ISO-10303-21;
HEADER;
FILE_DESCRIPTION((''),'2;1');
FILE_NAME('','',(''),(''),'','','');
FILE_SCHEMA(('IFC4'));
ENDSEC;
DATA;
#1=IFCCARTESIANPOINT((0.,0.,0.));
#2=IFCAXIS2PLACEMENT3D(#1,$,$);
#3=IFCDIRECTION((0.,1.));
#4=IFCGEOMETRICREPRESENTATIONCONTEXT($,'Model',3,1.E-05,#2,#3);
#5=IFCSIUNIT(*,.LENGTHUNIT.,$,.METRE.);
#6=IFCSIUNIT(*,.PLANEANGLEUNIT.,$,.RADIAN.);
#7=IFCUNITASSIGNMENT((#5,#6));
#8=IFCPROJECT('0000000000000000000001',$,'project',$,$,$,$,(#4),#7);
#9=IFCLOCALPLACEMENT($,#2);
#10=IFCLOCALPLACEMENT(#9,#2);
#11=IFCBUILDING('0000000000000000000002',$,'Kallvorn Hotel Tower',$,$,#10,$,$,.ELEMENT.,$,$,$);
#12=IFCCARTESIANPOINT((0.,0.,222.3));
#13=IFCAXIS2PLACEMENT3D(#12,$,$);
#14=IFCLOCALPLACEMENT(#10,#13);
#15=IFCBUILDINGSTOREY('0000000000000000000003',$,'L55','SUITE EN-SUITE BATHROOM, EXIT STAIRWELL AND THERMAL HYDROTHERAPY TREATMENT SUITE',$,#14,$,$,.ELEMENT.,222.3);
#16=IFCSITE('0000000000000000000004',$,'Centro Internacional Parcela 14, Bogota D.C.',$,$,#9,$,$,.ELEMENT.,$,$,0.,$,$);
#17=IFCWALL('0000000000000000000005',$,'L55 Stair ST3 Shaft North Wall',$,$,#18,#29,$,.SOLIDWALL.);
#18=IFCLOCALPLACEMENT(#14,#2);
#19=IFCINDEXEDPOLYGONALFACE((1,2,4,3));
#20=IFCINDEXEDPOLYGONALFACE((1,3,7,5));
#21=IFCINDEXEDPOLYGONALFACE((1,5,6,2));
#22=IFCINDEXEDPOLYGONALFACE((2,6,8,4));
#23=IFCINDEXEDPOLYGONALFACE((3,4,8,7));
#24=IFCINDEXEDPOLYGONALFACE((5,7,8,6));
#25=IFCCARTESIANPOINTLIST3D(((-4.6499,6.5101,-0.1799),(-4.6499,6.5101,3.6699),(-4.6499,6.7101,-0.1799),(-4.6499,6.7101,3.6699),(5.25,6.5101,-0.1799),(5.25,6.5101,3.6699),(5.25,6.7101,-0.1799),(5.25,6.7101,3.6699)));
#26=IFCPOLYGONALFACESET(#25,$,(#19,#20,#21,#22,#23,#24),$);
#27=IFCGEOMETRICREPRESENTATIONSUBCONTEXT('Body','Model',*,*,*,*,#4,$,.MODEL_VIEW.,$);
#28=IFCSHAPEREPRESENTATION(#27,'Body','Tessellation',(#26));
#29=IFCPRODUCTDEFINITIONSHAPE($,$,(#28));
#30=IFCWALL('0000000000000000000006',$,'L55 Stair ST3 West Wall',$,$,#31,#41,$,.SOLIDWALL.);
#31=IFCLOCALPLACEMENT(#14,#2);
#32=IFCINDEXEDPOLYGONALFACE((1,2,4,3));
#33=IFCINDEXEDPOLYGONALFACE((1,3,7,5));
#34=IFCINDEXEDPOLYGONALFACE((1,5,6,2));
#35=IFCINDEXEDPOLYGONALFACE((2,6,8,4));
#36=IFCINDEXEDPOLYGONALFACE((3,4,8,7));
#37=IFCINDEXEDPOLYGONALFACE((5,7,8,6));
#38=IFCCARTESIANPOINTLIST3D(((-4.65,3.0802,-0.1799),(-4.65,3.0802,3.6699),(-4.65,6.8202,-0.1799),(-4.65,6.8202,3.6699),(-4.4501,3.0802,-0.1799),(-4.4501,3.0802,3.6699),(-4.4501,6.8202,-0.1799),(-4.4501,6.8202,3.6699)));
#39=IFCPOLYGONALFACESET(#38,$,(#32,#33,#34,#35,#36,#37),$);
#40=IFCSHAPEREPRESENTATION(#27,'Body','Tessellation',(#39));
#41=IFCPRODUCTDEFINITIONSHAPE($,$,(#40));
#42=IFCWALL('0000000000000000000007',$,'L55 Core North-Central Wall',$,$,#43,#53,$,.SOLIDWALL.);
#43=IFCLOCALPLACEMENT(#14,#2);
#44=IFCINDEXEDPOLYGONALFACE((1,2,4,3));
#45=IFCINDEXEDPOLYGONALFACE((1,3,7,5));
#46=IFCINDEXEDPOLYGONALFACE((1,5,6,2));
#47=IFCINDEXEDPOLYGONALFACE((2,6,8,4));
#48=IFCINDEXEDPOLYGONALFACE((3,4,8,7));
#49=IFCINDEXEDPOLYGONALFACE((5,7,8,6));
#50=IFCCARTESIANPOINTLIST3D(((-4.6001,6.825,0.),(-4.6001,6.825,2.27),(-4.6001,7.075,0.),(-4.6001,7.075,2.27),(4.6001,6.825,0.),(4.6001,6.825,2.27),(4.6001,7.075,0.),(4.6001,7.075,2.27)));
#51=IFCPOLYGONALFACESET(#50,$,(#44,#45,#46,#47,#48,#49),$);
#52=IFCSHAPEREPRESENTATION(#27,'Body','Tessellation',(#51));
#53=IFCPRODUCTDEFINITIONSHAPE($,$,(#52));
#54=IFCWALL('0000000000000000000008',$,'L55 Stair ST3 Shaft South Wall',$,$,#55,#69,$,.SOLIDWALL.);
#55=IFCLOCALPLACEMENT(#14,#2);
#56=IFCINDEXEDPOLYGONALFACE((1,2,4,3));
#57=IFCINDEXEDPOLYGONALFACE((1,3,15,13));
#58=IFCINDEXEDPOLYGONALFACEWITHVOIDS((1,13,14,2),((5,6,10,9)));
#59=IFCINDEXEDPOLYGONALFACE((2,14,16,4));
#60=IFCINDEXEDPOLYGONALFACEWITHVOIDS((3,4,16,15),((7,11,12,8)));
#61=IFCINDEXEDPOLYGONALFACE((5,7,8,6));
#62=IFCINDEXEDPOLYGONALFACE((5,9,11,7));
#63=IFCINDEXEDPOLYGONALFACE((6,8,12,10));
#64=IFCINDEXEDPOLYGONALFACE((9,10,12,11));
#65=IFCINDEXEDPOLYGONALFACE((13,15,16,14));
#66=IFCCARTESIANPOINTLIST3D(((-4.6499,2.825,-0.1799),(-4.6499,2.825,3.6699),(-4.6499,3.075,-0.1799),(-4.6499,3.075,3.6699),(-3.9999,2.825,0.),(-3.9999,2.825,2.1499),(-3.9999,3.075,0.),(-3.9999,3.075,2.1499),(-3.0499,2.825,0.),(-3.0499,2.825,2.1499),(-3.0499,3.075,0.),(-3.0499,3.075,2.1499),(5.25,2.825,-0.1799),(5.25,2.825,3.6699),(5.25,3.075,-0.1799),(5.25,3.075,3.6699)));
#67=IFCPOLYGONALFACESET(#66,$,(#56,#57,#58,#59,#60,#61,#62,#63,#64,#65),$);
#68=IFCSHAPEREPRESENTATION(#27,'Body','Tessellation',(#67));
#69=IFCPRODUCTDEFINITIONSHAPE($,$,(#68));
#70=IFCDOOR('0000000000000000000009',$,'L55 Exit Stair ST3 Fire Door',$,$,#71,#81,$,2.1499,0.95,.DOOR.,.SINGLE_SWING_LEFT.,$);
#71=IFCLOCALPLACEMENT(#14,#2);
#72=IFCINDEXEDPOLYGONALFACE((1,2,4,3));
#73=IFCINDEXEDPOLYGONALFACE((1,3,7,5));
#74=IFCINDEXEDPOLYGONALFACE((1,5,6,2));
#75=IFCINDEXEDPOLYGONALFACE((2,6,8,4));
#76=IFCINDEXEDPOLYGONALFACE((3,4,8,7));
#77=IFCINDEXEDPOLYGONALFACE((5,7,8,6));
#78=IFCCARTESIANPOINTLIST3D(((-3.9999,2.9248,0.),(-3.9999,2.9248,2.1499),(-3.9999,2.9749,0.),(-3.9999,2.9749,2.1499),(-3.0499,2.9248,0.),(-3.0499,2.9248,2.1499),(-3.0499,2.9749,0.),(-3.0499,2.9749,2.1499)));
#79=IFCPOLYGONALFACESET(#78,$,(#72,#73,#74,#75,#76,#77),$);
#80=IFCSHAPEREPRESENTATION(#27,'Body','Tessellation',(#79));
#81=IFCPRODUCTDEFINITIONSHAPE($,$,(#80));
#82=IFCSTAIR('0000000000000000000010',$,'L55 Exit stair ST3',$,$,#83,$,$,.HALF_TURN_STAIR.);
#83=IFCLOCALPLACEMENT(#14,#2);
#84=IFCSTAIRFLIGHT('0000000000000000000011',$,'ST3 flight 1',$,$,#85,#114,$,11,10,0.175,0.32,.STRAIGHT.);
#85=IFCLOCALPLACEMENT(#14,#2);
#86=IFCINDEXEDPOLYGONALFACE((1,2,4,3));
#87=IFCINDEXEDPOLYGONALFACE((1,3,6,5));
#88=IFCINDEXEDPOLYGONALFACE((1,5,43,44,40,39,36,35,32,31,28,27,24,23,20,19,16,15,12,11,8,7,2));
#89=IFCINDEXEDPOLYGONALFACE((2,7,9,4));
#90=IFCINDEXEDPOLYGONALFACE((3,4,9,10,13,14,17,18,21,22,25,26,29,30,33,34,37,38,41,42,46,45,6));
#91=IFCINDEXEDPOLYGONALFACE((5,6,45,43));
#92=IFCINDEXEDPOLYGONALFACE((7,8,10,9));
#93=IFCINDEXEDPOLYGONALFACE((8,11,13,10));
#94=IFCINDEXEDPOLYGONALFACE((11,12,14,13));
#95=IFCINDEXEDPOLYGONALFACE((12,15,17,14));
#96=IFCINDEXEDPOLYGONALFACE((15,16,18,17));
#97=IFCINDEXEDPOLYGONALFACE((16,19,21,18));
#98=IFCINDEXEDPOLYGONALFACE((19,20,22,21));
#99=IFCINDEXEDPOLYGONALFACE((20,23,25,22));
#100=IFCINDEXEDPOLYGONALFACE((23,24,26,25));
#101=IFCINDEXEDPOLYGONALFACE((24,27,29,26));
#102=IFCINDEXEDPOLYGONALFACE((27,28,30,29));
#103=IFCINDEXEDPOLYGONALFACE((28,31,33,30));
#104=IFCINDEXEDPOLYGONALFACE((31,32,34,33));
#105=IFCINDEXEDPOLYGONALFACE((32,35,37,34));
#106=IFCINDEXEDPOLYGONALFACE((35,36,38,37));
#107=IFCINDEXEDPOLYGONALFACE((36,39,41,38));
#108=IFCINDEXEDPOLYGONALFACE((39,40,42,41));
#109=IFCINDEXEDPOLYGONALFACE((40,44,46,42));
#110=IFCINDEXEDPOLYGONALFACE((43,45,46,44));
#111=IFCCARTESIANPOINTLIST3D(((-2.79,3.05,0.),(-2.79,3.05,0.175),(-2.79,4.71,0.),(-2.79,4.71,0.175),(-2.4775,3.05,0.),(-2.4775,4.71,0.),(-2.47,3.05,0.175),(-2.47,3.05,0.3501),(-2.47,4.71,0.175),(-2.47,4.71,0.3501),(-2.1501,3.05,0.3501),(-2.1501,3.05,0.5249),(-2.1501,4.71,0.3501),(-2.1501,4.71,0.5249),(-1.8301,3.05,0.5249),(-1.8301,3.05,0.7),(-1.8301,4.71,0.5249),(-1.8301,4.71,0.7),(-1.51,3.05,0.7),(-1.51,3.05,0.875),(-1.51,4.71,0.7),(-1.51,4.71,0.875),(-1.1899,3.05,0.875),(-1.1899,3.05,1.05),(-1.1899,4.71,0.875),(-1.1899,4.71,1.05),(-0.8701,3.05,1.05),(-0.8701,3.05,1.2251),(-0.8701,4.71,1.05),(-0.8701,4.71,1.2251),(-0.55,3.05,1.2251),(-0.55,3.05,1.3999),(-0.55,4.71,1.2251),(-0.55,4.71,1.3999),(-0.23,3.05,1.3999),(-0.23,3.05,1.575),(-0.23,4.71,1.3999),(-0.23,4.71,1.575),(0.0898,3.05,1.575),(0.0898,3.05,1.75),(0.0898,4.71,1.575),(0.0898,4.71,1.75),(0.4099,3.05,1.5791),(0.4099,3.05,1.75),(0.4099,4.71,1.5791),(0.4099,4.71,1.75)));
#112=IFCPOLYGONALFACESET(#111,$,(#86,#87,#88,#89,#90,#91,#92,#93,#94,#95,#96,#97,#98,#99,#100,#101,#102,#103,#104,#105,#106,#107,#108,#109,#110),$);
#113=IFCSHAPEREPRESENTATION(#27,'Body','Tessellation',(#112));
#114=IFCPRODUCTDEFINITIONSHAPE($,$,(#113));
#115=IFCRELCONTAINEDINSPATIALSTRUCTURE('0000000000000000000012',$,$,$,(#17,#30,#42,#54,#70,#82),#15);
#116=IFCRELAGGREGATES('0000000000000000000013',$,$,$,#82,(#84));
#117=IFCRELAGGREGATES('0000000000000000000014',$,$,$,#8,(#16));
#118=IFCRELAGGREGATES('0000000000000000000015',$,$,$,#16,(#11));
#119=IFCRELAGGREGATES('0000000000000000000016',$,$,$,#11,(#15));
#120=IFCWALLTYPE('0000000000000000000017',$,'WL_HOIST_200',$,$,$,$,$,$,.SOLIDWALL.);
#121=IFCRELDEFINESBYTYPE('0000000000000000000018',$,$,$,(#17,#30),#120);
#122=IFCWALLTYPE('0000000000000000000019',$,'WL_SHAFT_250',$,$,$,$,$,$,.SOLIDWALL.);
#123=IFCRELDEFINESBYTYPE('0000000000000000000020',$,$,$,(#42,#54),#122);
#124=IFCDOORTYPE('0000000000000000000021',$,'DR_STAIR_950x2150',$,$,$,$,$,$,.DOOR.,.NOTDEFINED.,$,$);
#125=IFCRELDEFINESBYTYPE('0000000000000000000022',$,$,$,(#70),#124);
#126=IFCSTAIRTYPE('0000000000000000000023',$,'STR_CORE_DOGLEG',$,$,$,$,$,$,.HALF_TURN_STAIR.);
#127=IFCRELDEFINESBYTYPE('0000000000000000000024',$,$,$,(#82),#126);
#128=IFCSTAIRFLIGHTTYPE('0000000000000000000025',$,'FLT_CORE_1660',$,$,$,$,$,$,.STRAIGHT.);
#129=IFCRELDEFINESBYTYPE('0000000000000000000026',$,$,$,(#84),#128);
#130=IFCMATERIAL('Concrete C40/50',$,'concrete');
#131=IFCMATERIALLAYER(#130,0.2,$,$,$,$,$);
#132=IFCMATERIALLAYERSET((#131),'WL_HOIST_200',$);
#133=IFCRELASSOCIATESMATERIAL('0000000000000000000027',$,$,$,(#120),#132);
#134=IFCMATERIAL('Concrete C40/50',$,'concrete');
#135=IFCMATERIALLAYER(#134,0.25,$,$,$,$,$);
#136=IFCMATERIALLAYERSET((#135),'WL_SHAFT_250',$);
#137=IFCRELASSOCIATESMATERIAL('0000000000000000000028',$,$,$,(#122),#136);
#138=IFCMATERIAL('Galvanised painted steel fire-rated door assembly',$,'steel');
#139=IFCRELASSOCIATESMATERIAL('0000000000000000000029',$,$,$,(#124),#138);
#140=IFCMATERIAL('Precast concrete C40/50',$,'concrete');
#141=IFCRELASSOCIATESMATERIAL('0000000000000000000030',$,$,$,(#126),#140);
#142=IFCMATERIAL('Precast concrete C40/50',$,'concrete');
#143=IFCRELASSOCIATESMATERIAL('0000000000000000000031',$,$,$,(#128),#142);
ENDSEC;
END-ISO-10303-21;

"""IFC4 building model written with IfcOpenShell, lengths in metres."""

from ifc_helpers import new_model, si_unit, direction, frame, frame_2d, origin, place, context, subcontext, project, spatial, polyline, rectangle, outline, extrude, material, layer, layer_set, type_object, element, fill, aggregate, save


model = new_model("IFC4")

# Units and contexts
model_context = context("Model", 3, precision=1e-05, world=origin(), true_north=direction((0.0, 1.0)))
body_context = subcontext(model_context, "Body", "Model", "MODEL_VIEW")
ifc_project = project(units=[si_unit("LENGTHUNIT", "METRE"), si_unit("PLANEANGLEUNIT", "RADIAN")], contexts=[model_context])

# Site, building, storey
site_placement = place(None, origin())
site = spatial("IfcSite", under=ifc_project, at=site_placement, Name="Centro Internacional Parcela 14, Bogota D.C.", CompositionType="ELEMENT", RefElevation=0.0)
building_placement = place(site_placement, origin())
building = spatial("IfcBuilding", under=site, at=building_placement, Name="Kallvorn Hotel Tower", CompositionType="ELEMENT")
storey_placement = place(building_placement, frame((0.0, 0.0, 222.3)))
storey = spatial("IfcBuildingStorey", under=building, at=storey_placement, Name="L55", Description="SUITE EN-SUITE BATHROOM, EXIT STAIRWELL AND THERMAL HYDROTHERAPY TREATMENT SUITE", CompositionType="ELEMENT", Elevation=222.3)

# Walls
ifc_material_1 = material(Name="Concrete C40/50", Category="concrete")
ifc_layer_1 = layer(ifc_material_1, 0.2)
ifc_layer_set_1 = layer_set([ifc_layer_1], Name="WL_HOIST_200")
wall_type_1 = type_object("IfcWallType", Name="WL_HOIST_200", PredefinedType="SOLIDWALL", material=ifc_layer_set_1)
wall_1_placement = place(storey_placement, frame((-4.6499, 6.6101, -0.1799), z_axis=(0.0, 0.0, 1.0), x_axis=(1.0, 0.0, 0.0)))
element("IfcWall", 1, at=wall_1_placement, inside=storey, type_object=wall_type_1, Name="L55 Stair ST3 Shaft North Wall", PredefinedType="SOLIDWALL", context=body_context, shape_type="SweptSolid", body=[
    extrude(rectangle(XDim=9.8999, YDim=0.2, at=frame_2d((4.95, 0.0))), origin(), (0.0, 0.0, 1.0), 3.8499),
])
wall_2_placement = place(storey_placement, frame((-4.55, 3.0801, -0.1799), z_axis=(0.0, 0.0, 1.0), x_axis=(0.0, 1.0, 0.0)))
element("IfcWall", 2, at=wall_2_placement, inside=storey, type_object=wall_type_1, Name="L55 Stair ST3 West Wall", PredefinedType="SOLIDWALL", context=body_context, shape_type="SweptSolid", body=[
    extrude(rectangle(XDim=3.74, YDim=0.2, at=frame_2d((1.8701, 0.0))), origin(), (0.0, 0.0, 1.0), 3.8499),
])
ifc_material_2 = material(Name="Concrete C40/50", Category="concrete")
ifc_layer_2 = layer(ifc_material_2, 0.25)
ifc_layer_set_2 = layer_set([ifc_layer_2], Name="WL_SHAFT_250")
wall_type_2 = type_object("IfcWallType", Name="WL_SHAFT_250", PredefinedType="SOLIDWALL", material=ifc_layer_set_2)
wall_3_placement = place(storey_placement, frame((-4.6001, 6.95, 0.0), z_axis=(0.0, 0.0, 1.0), x_axis=(1.0, 0.0, 0.0)))
element("IfcWall", 3, at=wall_3_placement, inside=storey, type_object=wall_type_2, Name="L55 Core North-Central Wall", PredefinedType="SOLIDWALL", context=body_context, shape_type="SweptSolid", body=[
    extrude(rectangle(XDim=9.2002, YDim=0.25, at=frame_2d((4.6001, 0.0))), origin(), (0.0, 0.0, 1.0), 2.27),
])

# Wall, opening, door
wall_4_placement = place(storey_placement, frame((-4.6499, 2.95, -0.1799), z_axis=(0.0, 0.0, 1.0), x_axis=(1.0, 0.0, 0.0)))
wall_4 = element("IfcWall", 4, at=wall_4_placement, inside=storey, type_object=wall_type_2, Name="L55 Stair ST3 Shaft South Wall", PredefinedType="SOLIDWALL", context=body_context, shape_type="SweptSolid", body=[
    extrude(rectangle(XDim=9.8999, YDim=0.25, at=frame_2d((4.95, 0.0))), origin(), (0.0, 0.0, 1.0), 3.8499),
])
opening_placement = place(wall_4_placement, frame((0.6499, 0.0, 0.1799)))
opening = element("IfcOpeningElement", 5, at=opening_placement, cuts=wall_4, PredefinedType="OPENING", context=body_context, shape_type="SweptSolid", body=[
    extrude(rectangle(XDim=0.95, YDim=2.1499, at=frame_2d((0.4751, 1.075))), frame((0.0, 0.1399, 0.0), z_axis=(0.0, -1.0, 0.0), x_axis=(1.0, 0.0, 0.0)), (0.0, 0.0, 1.0), 0.28),
])
ifc_material_3 = material(Name="Galvanised painted steel fire-rated door assembly", Category="steel")
door_type = type_object("IfcDoorType", Name="DR_STAIR_950x2150", OperationType="NOTDEFINED", PredefinedType="DOOR", material=ifc_material_3)
door_placement = place(opening_placement, origin())
door = element("IfcDoor", 6, at=door_placement, inside=storey, type_object=door_type, Name="L55 Exit Stair ST3 Fire Door", OperationType="SINGLE_SWING_LEFT", OverallHeight=2.1499, OverallWidth=0.95, PredefinedType="DOOR", context=body_context, shape_type="SweptSolid", body=[
    extrude(rectangle(XDim=0.95, YDim=2.1499, at=frame_2d((0.4751, 1.075))), frame((0.0, 0.0249, 0.0), z_axis=(0.0, -1.0, 0.0), x_axis=(1.0, 0.0, 0.0)), (0.0, 0.0, 1.0), 0.05),
])
fill(opening, door)

# Stair, stair flight
ifc_material_4 = material(Name="Precast concrete C40/50", Category="concrete")
stair_type = type_object("IfcStairType", Name="STR_CORE_DOGLEG", PredefinedType="HALF_TURN_STAIR", material=ifc_material_4)
stair_placement = place(storey_placement, origin())
stair = element("IfcStair", 7, at=stair_placement, inside=storey, type_object=stair_type, Name="L55 Exit stair ST3", PredefinedType="HALF_TURN_STAIR")
ifc_material_5 = material(Name="Precast concrete C40/50", Category="concrete")
stair_flight_type = type_object("IfcStairFlightType", Name="FLT_CORE_1660", PredefinedType="STRAIGHT", material=ifc_material_5)
stair_flight_placement = place(storey_placement, frame((-2.79, 3.8799, 0.0), z_axis=(0.0, 0.0, 1.0), x_axis=(1.0, 0.0, 0.0)))
stair_flight = element("IfcStairFlight", 8, at=stair_flight_placement, type_object=stair_flight_type, Name="ST3 flight 1", NumberOfRisers=11, NumberOfTreads=10, PredefinedType="STRAIGHT", RiserHeight=0.175, TreadLength=0.32, context=body_context, shape_type="SweptSolid", body=[
    extrude(outline(polyline([(0.0, 0.0), (0.0, 0.175), (0.3201, 0.175), (0.3201, 0.3501), (0.6399, 0.3501), (0.6399, 0.5249), (0.96, 0.5249), (0.96, 0.7), (1.28, 0.7), (1.28, 0.875), (1.6001, 0.875), (1.6001, 1.05), (1.9199, 1.05), (1.9199, 1.2251), (2.24, 1.2251), (2.24, 1.3999), (2.5601, 1.3999), (2.5601, 1.575), (2.8799, 1.575), (2.8799, 1.75), (3.2, 1.75), (3.2, 1.925), (3.2, 1.5791), (0.3125, 0.0), (0.0, 0.0)])), frame((0.0, 0.8301, 0.0), z_axis=(0.0, -1.0, 0.0), x_axis=(1.0, 0.0, 0.0)), (0.0, 0.0, 1.0), 1.6599),
])
aggregate(stair, [stair_flight])

save(model, "model.ifc")
